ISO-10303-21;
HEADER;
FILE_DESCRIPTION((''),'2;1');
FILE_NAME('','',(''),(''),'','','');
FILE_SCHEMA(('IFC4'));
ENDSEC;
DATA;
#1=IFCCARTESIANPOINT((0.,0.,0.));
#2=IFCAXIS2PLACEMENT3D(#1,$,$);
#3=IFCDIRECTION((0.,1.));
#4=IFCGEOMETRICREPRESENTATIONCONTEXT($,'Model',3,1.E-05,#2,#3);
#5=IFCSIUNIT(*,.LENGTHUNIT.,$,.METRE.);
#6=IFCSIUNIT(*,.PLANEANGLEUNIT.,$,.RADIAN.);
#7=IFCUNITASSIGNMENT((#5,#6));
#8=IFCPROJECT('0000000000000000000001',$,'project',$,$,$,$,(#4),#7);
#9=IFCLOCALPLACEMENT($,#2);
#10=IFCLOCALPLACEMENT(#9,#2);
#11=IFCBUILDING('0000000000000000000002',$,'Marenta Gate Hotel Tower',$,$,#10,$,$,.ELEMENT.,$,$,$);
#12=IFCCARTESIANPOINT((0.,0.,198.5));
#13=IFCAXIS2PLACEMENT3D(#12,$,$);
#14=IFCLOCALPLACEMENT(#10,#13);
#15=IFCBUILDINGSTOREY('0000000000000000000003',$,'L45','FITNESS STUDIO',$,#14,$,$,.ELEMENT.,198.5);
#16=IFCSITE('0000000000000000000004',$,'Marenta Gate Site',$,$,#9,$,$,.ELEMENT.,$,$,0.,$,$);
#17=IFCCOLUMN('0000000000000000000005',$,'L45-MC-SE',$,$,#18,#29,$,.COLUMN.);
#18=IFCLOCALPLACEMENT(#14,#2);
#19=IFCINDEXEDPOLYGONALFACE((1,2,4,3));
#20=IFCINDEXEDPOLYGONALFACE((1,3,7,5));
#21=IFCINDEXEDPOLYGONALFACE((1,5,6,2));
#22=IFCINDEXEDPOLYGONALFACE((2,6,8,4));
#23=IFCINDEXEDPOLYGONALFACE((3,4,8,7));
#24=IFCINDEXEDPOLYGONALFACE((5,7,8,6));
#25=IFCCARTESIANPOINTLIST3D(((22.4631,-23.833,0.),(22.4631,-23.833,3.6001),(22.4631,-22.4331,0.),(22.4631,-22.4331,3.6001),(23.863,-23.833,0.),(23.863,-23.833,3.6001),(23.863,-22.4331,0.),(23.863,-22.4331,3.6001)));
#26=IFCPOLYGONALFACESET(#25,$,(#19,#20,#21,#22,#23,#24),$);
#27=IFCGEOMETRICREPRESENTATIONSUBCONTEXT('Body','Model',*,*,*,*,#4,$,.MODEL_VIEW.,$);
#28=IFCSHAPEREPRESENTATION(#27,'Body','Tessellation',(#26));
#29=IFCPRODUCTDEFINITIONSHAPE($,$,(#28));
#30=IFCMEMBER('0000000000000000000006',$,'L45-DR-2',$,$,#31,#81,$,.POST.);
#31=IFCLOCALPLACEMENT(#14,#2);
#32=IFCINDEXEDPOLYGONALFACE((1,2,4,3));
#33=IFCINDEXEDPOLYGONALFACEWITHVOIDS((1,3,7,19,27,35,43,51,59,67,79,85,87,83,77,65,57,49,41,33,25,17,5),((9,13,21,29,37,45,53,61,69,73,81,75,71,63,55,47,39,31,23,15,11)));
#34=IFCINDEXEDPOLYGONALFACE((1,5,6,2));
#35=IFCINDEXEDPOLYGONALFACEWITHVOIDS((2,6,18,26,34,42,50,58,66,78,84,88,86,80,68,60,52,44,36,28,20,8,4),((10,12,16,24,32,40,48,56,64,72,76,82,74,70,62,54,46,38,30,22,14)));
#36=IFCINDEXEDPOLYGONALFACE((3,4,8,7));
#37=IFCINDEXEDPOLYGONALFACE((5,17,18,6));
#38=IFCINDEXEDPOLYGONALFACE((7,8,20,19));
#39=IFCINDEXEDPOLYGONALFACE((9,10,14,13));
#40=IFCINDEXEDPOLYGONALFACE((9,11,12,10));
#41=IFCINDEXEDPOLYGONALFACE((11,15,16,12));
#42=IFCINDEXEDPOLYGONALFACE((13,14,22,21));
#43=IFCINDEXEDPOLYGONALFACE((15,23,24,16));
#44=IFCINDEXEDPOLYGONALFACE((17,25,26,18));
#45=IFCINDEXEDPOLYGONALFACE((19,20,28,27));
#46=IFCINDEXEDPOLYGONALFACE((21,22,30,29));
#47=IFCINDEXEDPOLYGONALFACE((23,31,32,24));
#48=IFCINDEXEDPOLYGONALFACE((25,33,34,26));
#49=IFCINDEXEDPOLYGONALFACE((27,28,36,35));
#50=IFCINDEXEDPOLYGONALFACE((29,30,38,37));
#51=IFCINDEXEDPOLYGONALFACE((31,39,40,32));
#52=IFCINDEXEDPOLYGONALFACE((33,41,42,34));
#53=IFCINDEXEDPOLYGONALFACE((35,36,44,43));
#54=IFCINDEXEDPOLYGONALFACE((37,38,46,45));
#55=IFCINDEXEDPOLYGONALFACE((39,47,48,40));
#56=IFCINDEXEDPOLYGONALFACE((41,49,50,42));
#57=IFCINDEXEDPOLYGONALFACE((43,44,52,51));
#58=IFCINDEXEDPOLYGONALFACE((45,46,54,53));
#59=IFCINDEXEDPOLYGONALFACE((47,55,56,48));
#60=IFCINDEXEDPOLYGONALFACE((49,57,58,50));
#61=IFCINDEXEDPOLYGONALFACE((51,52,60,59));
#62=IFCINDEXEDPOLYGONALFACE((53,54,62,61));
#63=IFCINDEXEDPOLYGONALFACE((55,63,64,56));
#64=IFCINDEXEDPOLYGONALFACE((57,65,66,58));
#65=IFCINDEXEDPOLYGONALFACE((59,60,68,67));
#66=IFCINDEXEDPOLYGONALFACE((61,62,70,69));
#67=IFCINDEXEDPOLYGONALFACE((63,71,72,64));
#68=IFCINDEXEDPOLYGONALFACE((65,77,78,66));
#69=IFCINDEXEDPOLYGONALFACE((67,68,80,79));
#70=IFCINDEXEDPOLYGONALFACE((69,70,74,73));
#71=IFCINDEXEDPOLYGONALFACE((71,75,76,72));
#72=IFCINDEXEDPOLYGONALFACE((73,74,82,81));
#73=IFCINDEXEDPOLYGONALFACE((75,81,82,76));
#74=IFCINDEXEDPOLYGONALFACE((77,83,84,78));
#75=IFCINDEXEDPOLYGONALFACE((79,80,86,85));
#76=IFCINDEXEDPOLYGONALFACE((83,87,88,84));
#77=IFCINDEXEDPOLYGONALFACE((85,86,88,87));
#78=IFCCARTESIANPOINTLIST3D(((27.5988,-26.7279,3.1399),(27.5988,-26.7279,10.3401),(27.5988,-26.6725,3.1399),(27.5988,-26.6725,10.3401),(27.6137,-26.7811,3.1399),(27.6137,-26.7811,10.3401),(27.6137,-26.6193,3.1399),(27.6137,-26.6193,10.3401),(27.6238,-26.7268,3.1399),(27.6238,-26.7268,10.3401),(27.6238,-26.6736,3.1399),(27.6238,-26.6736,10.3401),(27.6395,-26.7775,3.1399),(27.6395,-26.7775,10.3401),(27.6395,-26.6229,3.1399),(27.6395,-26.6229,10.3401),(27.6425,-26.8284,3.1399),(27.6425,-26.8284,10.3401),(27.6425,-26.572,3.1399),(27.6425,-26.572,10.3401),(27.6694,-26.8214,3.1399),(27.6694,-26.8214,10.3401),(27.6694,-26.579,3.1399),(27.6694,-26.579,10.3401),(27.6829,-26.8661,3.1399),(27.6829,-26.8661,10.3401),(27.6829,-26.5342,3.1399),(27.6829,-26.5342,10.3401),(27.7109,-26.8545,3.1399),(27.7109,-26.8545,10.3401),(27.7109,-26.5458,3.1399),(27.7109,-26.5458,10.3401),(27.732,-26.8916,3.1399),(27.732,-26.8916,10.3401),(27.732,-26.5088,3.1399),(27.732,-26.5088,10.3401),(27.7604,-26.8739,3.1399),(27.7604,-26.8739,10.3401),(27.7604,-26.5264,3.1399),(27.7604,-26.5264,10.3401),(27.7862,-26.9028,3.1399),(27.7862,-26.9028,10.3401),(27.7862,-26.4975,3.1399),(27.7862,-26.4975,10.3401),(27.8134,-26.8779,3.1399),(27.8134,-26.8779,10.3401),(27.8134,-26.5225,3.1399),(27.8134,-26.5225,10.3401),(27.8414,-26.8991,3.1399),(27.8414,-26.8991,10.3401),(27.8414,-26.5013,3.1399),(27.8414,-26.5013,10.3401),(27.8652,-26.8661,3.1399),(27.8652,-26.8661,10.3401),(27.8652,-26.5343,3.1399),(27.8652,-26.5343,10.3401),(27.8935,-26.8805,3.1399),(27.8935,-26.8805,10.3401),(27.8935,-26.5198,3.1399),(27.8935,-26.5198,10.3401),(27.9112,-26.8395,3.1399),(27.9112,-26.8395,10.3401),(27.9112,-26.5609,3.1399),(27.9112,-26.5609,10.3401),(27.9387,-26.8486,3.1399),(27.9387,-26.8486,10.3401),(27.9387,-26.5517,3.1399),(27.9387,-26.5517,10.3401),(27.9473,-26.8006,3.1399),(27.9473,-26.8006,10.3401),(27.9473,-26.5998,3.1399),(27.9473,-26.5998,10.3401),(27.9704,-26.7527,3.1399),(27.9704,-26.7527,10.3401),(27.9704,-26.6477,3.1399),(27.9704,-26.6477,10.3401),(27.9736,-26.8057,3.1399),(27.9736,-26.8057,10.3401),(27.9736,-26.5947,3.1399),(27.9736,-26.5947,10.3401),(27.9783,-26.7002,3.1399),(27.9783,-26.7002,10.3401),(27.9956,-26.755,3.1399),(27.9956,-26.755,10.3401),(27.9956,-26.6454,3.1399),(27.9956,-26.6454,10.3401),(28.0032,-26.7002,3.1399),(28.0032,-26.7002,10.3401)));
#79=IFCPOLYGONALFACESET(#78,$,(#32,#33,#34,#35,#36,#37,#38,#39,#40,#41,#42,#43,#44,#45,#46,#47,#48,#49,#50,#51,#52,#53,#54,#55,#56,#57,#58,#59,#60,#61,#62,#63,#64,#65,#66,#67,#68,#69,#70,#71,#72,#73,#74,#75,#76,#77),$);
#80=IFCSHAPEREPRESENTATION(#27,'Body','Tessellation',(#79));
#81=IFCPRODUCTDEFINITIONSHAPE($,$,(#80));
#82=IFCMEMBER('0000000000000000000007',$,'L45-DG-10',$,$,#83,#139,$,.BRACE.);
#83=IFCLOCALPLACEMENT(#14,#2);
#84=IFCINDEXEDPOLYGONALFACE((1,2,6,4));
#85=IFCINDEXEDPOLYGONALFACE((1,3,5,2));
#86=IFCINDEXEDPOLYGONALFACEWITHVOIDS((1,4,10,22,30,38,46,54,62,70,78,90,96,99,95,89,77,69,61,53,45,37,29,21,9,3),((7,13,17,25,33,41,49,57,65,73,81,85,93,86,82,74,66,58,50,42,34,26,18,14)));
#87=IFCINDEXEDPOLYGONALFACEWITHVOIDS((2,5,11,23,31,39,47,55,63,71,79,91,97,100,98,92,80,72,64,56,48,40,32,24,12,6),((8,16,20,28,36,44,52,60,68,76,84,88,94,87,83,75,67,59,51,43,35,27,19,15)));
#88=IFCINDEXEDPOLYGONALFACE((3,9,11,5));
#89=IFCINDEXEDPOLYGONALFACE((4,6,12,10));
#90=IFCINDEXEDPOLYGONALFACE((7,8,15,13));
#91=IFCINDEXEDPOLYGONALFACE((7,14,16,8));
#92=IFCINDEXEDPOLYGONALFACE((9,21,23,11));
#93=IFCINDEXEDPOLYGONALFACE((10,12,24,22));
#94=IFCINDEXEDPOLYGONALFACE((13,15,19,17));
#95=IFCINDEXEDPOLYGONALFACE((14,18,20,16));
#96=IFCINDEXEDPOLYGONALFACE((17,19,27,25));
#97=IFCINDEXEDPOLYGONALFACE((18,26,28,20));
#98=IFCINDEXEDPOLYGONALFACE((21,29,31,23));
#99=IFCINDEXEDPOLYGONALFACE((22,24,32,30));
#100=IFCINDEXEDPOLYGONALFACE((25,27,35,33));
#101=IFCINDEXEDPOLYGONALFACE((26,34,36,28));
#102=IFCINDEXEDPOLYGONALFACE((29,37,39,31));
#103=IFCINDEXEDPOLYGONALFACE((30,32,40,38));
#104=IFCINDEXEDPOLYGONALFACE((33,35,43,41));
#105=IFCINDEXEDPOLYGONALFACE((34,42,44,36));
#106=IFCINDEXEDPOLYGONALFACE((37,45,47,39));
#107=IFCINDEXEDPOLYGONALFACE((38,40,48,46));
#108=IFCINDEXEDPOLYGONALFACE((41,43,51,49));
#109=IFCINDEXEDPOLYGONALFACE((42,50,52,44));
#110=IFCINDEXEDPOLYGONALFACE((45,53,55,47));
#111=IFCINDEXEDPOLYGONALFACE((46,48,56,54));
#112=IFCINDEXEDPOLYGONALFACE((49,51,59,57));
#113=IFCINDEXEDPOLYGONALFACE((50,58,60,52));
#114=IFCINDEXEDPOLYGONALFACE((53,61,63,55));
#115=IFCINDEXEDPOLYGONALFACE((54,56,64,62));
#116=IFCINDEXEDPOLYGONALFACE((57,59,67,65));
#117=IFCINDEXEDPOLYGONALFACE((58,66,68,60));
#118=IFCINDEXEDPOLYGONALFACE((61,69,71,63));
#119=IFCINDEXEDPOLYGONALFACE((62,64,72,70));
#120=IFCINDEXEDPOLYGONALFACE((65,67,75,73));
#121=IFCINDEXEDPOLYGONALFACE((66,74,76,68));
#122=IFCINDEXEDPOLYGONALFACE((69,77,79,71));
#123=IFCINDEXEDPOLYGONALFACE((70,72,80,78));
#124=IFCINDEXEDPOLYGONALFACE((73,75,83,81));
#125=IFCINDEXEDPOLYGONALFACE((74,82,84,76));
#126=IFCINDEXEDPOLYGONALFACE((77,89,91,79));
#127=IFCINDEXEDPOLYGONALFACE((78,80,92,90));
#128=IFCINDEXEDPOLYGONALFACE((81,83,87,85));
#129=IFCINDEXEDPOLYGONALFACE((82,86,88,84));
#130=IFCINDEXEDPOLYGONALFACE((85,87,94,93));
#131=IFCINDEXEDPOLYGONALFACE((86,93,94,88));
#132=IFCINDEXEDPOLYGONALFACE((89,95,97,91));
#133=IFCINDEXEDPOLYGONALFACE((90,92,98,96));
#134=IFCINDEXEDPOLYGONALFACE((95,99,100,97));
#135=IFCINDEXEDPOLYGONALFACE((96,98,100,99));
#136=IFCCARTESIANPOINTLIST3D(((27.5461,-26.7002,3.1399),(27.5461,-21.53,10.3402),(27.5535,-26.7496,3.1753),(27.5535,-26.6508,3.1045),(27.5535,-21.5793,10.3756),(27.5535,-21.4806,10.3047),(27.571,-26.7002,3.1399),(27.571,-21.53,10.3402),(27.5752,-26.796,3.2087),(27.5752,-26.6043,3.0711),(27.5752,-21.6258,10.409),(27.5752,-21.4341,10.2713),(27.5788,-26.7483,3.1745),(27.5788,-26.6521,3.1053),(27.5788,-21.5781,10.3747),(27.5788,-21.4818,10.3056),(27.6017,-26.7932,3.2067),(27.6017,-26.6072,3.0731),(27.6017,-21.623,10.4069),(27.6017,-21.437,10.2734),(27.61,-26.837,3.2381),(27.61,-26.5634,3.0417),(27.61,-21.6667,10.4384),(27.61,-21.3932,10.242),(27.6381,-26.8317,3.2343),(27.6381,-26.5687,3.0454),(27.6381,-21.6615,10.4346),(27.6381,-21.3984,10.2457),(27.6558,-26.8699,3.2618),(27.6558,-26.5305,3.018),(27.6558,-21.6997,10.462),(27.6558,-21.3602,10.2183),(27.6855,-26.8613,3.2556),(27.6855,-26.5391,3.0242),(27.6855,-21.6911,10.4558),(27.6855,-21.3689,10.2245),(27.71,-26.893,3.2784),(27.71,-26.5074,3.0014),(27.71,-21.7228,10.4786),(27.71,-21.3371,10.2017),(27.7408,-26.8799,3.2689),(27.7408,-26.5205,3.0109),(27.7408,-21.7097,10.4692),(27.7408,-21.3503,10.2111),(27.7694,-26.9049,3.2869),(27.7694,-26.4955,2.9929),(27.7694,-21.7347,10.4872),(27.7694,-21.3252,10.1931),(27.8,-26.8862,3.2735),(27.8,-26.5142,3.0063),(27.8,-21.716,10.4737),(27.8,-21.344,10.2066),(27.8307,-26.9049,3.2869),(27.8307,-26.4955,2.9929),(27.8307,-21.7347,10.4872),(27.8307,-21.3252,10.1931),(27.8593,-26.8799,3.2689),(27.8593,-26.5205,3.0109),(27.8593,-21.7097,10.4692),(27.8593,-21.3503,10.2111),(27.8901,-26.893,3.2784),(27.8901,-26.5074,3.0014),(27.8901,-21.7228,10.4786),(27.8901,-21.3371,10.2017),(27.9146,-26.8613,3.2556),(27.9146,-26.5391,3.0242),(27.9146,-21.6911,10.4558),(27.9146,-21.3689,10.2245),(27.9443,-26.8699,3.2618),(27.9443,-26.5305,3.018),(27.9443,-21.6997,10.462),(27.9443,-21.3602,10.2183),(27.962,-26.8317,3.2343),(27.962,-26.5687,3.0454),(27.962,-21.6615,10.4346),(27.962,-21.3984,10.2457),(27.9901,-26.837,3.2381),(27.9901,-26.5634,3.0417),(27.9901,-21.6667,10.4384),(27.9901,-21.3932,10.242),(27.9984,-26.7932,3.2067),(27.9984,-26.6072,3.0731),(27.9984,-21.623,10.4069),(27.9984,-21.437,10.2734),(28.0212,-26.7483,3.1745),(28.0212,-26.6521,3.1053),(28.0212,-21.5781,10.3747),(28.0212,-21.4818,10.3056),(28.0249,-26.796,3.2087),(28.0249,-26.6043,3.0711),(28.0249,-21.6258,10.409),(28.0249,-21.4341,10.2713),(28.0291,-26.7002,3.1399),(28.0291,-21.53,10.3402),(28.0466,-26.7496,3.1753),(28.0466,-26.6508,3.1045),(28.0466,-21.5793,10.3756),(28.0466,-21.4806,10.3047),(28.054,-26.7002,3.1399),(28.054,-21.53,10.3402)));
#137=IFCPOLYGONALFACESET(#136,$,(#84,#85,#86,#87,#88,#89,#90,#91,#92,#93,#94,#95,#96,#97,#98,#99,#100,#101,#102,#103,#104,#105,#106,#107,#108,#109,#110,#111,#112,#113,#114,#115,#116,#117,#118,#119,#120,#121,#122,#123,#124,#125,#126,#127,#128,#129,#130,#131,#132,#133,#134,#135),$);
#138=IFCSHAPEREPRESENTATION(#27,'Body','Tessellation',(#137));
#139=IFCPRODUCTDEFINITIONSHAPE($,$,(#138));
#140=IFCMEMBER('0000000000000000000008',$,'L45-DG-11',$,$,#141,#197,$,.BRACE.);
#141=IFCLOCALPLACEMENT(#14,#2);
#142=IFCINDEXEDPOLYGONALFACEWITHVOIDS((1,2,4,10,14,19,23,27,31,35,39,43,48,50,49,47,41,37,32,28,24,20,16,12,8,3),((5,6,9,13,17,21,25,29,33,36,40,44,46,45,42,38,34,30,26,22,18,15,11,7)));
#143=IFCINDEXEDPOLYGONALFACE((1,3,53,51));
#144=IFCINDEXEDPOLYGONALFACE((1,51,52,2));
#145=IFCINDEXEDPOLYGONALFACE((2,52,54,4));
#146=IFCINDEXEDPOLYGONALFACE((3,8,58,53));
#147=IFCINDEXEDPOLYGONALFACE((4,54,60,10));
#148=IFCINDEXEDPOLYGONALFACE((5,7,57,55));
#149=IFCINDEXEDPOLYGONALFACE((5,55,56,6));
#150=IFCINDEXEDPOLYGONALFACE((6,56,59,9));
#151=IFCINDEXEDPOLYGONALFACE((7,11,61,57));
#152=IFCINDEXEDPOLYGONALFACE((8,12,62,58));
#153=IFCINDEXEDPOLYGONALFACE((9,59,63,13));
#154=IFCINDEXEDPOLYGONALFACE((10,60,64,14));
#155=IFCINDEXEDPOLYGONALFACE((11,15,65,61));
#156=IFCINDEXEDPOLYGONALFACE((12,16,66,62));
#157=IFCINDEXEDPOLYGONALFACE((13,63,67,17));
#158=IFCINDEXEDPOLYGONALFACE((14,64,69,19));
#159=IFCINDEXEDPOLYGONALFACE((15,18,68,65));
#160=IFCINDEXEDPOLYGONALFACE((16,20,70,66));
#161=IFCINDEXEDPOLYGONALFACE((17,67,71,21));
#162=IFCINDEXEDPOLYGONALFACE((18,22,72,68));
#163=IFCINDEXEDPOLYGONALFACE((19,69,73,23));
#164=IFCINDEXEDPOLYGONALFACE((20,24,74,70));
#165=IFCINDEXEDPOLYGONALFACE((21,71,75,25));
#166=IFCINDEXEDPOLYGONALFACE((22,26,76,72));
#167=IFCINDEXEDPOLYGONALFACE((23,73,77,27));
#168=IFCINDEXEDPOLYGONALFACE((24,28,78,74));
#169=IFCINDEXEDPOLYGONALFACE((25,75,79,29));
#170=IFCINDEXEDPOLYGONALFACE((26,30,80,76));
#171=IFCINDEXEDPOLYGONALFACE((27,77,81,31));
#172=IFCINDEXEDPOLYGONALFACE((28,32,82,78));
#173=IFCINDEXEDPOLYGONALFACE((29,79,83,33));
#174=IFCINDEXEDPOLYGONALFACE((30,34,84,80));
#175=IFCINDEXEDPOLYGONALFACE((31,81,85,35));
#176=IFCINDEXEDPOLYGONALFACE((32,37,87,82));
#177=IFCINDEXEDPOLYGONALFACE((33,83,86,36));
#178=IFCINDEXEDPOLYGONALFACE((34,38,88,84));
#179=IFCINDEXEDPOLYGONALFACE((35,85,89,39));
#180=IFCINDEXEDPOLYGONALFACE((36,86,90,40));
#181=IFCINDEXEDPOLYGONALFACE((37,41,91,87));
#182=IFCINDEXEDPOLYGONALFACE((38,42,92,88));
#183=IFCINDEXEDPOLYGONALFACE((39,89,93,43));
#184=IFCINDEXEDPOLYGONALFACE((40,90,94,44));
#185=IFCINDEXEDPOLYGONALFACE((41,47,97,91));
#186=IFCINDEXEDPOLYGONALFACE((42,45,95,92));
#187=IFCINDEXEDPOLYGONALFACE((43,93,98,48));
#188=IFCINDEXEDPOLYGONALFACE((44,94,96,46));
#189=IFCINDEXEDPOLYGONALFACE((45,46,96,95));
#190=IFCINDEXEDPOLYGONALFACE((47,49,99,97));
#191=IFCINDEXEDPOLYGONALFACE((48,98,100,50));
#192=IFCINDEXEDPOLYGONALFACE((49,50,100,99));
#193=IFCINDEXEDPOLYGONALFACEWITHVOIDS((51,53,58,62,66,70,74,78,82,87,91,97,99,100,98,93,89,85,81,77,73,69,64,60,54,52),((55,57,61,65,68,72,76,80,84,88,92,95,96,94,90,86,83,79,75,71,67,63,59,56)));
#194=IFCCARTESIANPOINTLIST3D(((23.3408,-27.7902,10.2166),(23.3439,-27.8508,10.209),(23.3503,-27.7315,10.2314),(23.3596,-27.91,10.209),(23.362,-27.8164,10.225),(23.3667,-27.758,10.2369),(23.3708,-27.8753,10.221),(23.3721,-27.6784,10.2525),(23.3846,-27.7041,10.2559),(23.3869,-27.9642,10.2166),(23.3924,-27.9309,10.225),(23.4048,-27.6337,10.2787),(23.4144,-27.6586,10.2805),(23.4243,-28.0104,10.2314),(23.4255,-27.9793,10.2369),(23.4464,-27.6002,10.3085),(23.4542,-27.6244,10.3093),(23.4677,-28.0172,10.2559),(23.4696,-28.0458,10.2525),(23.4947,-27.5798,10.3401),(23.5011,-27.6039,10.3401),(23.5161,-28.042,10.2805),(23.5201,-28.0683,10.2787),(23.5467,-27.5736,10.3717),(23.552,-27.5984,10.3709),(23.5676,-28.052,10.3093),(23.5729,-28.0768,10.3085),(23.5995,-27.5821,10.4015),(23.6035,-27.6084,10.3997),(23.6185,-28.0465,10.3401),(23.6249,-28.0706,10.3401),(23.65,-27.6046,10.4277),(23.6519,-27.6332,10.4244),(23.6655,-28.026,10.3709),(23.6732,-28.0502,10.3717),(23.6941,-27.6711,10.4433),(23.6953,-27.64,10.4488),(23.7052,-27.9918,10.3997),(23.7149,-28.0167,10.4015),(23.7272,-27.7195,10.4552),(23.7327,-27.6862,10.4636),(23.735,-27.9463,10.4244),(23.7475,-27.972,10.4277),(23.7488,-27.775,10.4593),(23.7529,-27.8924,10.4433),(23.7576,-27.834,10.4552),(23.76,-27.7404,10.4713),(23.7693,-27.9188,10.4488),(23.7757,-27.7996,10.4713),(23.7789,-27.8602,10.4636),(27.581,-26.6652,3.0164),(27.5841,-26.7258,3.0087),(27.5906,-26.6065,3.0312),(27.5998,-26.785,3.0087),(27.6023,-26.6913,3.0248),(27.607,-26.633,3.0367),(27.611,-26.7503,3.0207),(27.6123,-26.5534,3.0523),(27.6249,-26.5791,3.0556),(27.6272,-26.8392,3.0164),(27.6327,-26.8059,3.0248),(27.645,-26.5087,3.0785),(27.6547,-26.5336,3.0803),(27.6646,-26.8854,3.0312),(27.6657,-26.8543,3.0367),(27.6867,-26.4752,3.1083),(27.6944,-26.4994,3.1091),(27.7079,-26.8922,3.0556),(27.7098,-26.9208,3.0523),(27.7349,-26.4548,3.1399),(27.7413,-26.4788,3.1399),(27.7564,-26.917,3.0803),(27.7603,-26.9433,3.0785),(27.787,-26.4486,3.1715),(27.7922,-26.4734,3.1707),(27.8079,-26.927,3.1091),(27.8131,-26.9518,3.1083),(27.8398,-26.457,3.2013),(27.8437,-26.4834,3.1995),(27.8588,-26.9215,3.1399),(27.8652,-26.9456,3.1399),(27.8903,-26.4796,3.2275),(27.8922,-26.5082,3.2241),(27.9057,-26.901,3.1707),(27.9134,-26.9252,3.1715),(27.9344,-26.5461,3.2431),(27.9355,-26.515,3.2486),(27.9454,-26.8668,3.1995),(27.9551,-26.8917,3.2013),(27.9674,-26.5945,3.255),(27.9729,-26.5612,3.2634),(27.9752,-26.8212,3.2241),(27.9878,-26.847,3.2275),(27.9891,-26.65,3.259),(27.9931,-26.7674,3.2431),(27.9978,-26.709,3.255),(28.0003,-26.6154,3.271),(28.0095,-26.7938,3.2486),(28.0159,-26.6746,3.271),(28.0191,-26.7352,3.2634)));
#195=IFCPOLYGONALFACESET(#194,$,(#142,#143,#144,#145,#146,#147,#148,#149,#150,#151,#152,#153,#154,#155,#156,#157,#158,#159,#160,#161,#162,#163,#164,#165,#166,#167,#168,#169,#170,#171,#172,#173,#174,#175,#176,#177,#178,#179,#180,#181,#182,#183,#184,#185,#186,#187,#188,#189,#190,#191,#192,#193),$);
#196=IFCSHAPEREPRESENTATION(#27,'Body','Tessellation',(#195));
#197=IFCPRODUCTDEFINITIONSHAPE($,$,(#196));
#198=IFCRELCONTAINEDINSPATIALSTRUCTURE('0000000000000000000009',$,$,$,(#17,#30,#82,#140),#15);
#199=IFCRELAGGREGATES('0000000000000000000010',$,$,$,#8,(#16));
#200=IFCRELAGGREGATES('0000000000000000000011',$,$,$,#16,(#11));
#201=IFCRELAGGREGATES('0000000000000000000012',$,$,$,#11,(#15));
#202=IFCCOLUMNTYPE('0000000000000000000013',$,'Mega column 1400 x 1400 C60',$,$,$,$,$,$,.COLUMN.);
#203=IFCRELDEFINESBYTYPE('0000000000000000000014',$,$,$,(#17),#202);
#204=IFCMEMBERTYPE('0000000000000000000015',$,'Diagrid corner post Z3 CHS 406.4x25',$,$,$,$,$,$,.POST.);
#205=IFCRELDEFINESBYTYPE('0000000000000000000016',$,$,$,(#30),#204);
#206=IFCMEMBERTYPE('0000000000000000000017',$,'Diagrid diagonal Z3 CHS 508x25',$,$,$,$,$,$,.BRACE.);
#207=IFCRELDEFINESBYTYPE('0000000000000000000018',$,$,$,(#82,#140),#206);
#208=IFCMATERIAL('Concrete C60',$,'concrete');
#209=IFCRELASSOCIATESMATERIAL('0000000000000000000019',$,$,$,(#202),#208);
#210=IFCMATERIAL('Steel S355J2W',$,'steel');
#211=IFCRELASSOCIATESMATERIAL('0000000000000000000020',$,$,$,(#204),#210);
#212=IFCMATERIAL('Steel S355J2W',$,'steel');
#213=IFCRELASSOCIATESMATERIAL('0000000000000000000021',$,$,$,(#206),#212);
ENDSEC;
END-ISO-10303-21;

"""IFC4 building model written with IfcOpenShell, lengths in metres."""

from ifc_helpers import new_model, si_unit, direction, frame, origin, origin_2d, place, context, subcontext, project, spatial, rectangle, hollow_circle, extrude, material, material_profile, profile_set, type_object, element, save


model = new_model("IFC4")

# Units and contexts
model_context = context("Model", 3, precision=1e-05, world=origin(), true_north=direction((0.0, 1.0)))
body_context = subcontext(model_context, "Body", "Model", "MODEL_VIEW")
ifc_project = project(units=[si_unit("LENGTHUNIT", "METRE"), si_unit("PLANEANGLEUNIT", "RADIAN")], contexts=[model_context])

# Site, building, storey
site_placement = place(None, origin())
site = spatial("IfcSite", under=ifc_project, at=site_placement, Name="Marenta Gate Site", CompositionType="ELEMENT", RefElevation=0.0)
building_placement = place(site_placement, origin())
building = spatial("IfcBuilding", under=site, at=building_placement, Name="Marenta Gate Hotel Tower", CompositionType="ELEMENT")
storey_placement = place(building_placement, frame((0.0, 0.0, 198.5)))
storey = spatial("IfcBuildingStorey", under=building, at=storey_placement, Name="L45", Description="FITNESS STUDIO", CompositionType="ELEMENT", Elevation=198.5)

# Column
ifc_material_1 = material(Name="Concrete C60", Category="concrete")
ifc_material_profile_1 = material_profile(ifc_material_1, rectangle(XDim=1.3999, YDim=1.3999, at=origin_2d()), Name="1400 x 1400")
ifc_profile_set_1 = profile_set([ifc_material_profile_1], Name="Concrete C60")
column_type = type_object("IfcColumnType", Name="Mega column 1400 x 1400 C60", PredefinedType="COLUMN", material=ifc_profile_set_1)
column_placement = place(storey_placement, frame((23.1631, -23.1331, 0.0), z_axis=(0.0, 0.0, 1.0), x_axis=(1.0, 0.0, 0.0)))
element("IfcColumn", 1, at=column_placement, inside=storey, type_object=column_type, Name="L45-MC-SE", PredefinedType="COLUMN", context=body_context, shape_type="SweptSolid", body=[
    extrude(rectangle(XDim=1.3999, YDim=1.3999, at=origin_2d()), origin(), (0.0, 0.0, 1.0), 3.6001),
])

# Members
ifc_material_2 = material(Name="Steel S355J2W", Category="steel")
ifc_material_profile_2 = material_profile(ifc_material_2, hollow_circle(Radius=0.2031, WallThickness=0.0249, at=origin_2d()), Name="CHS 406.4x25")
ifc_profile_set_2 = profile_set([ifc_material_profile_2], Name="Steel S355J2W")
member_type_1 = type_object("IfcMemberType", Name="Diagrid corner post Z3 CHS 406.4x25", PredefinedType="POST", material=ifc_profile_set_2)
member_1_placement = place(storey_placement, frame((27.8, -26.7002, 3.1399), z_axis=(0.0, 0.0, 1.0), x_axis=(1.0, 0.0, 0.0)))
element("IfcMember", 2, at=member_1_placement, inside=storey, type_object=member_type_1, Name="L45-DR-2", PredefinedType="POST", context=body_context, shape_type="SweptSolid", body=[
    extrude(hollow_circle(Radius=0.2031, WallThickness=0.0249, at=origin_2d()), origin(), (0.0, 0.0, 1.0), 7.2002),
])
ifc_material_3 = material(Name="Steel S355J2W", Category="steel")
ifc_material_profile_3 = material_profile(ifc_material_3, hollow_circle(Radius=0.2539, WallThickness=0.0249, at=origin_2d()), Name="CHS 508x25")
ifc_profile_set_3 = profile_set([ifc_material_profile_3], Name="Steel S355J2W")
member_type_2 = type_object("IfcMemberType", Name="Diagrid diagonal Z3 CHS 508x25", PredefinedType="BRACE", material=ifc_profile_set_3)
member_2_placement = place(storey_placement, frame((27.8, -26.7002, 3.1399), z_axis=(0.0, 0.583266, 0.812281), x_axis=(-1.0, 0.0, 0.0)))
element("IfcMember", 3, at=member_2_placement, inside=storey, type_object=member_type_2, Name="L45-DG-10", PredefinedType="BRACE", context=body_context, shape_type="SweptSolid", body=[
    extrude(hollow_circle(Radius=0.2539, WallThickness=0.0249, at=origin_2d()), origin(), (0.0, 0.0, 1.0), 8.8643),
])
member_3_placement = place(storey_placement, frame((27.8, -26.7002, 3.1399), z_axis=(-0.502912, -0.13343, 0.853977), x_axis=(0.256443, -0.966559, 0.0)))
element("IfcMember", 4, at=member_3_placement, inside=storey, type_object=member_type_2, Name="L45-DG-11", PredefinedType="BRACE", context=body_context, shape_type="SweptSolid", body=[
    extrude(hollow_circle(Radius=0.2539, WallThickness=0.0249, at=origin_2d()), origin(), (0.0, 0.0, 1.0), 8.4314),
])

save(model, "model.ifc")
